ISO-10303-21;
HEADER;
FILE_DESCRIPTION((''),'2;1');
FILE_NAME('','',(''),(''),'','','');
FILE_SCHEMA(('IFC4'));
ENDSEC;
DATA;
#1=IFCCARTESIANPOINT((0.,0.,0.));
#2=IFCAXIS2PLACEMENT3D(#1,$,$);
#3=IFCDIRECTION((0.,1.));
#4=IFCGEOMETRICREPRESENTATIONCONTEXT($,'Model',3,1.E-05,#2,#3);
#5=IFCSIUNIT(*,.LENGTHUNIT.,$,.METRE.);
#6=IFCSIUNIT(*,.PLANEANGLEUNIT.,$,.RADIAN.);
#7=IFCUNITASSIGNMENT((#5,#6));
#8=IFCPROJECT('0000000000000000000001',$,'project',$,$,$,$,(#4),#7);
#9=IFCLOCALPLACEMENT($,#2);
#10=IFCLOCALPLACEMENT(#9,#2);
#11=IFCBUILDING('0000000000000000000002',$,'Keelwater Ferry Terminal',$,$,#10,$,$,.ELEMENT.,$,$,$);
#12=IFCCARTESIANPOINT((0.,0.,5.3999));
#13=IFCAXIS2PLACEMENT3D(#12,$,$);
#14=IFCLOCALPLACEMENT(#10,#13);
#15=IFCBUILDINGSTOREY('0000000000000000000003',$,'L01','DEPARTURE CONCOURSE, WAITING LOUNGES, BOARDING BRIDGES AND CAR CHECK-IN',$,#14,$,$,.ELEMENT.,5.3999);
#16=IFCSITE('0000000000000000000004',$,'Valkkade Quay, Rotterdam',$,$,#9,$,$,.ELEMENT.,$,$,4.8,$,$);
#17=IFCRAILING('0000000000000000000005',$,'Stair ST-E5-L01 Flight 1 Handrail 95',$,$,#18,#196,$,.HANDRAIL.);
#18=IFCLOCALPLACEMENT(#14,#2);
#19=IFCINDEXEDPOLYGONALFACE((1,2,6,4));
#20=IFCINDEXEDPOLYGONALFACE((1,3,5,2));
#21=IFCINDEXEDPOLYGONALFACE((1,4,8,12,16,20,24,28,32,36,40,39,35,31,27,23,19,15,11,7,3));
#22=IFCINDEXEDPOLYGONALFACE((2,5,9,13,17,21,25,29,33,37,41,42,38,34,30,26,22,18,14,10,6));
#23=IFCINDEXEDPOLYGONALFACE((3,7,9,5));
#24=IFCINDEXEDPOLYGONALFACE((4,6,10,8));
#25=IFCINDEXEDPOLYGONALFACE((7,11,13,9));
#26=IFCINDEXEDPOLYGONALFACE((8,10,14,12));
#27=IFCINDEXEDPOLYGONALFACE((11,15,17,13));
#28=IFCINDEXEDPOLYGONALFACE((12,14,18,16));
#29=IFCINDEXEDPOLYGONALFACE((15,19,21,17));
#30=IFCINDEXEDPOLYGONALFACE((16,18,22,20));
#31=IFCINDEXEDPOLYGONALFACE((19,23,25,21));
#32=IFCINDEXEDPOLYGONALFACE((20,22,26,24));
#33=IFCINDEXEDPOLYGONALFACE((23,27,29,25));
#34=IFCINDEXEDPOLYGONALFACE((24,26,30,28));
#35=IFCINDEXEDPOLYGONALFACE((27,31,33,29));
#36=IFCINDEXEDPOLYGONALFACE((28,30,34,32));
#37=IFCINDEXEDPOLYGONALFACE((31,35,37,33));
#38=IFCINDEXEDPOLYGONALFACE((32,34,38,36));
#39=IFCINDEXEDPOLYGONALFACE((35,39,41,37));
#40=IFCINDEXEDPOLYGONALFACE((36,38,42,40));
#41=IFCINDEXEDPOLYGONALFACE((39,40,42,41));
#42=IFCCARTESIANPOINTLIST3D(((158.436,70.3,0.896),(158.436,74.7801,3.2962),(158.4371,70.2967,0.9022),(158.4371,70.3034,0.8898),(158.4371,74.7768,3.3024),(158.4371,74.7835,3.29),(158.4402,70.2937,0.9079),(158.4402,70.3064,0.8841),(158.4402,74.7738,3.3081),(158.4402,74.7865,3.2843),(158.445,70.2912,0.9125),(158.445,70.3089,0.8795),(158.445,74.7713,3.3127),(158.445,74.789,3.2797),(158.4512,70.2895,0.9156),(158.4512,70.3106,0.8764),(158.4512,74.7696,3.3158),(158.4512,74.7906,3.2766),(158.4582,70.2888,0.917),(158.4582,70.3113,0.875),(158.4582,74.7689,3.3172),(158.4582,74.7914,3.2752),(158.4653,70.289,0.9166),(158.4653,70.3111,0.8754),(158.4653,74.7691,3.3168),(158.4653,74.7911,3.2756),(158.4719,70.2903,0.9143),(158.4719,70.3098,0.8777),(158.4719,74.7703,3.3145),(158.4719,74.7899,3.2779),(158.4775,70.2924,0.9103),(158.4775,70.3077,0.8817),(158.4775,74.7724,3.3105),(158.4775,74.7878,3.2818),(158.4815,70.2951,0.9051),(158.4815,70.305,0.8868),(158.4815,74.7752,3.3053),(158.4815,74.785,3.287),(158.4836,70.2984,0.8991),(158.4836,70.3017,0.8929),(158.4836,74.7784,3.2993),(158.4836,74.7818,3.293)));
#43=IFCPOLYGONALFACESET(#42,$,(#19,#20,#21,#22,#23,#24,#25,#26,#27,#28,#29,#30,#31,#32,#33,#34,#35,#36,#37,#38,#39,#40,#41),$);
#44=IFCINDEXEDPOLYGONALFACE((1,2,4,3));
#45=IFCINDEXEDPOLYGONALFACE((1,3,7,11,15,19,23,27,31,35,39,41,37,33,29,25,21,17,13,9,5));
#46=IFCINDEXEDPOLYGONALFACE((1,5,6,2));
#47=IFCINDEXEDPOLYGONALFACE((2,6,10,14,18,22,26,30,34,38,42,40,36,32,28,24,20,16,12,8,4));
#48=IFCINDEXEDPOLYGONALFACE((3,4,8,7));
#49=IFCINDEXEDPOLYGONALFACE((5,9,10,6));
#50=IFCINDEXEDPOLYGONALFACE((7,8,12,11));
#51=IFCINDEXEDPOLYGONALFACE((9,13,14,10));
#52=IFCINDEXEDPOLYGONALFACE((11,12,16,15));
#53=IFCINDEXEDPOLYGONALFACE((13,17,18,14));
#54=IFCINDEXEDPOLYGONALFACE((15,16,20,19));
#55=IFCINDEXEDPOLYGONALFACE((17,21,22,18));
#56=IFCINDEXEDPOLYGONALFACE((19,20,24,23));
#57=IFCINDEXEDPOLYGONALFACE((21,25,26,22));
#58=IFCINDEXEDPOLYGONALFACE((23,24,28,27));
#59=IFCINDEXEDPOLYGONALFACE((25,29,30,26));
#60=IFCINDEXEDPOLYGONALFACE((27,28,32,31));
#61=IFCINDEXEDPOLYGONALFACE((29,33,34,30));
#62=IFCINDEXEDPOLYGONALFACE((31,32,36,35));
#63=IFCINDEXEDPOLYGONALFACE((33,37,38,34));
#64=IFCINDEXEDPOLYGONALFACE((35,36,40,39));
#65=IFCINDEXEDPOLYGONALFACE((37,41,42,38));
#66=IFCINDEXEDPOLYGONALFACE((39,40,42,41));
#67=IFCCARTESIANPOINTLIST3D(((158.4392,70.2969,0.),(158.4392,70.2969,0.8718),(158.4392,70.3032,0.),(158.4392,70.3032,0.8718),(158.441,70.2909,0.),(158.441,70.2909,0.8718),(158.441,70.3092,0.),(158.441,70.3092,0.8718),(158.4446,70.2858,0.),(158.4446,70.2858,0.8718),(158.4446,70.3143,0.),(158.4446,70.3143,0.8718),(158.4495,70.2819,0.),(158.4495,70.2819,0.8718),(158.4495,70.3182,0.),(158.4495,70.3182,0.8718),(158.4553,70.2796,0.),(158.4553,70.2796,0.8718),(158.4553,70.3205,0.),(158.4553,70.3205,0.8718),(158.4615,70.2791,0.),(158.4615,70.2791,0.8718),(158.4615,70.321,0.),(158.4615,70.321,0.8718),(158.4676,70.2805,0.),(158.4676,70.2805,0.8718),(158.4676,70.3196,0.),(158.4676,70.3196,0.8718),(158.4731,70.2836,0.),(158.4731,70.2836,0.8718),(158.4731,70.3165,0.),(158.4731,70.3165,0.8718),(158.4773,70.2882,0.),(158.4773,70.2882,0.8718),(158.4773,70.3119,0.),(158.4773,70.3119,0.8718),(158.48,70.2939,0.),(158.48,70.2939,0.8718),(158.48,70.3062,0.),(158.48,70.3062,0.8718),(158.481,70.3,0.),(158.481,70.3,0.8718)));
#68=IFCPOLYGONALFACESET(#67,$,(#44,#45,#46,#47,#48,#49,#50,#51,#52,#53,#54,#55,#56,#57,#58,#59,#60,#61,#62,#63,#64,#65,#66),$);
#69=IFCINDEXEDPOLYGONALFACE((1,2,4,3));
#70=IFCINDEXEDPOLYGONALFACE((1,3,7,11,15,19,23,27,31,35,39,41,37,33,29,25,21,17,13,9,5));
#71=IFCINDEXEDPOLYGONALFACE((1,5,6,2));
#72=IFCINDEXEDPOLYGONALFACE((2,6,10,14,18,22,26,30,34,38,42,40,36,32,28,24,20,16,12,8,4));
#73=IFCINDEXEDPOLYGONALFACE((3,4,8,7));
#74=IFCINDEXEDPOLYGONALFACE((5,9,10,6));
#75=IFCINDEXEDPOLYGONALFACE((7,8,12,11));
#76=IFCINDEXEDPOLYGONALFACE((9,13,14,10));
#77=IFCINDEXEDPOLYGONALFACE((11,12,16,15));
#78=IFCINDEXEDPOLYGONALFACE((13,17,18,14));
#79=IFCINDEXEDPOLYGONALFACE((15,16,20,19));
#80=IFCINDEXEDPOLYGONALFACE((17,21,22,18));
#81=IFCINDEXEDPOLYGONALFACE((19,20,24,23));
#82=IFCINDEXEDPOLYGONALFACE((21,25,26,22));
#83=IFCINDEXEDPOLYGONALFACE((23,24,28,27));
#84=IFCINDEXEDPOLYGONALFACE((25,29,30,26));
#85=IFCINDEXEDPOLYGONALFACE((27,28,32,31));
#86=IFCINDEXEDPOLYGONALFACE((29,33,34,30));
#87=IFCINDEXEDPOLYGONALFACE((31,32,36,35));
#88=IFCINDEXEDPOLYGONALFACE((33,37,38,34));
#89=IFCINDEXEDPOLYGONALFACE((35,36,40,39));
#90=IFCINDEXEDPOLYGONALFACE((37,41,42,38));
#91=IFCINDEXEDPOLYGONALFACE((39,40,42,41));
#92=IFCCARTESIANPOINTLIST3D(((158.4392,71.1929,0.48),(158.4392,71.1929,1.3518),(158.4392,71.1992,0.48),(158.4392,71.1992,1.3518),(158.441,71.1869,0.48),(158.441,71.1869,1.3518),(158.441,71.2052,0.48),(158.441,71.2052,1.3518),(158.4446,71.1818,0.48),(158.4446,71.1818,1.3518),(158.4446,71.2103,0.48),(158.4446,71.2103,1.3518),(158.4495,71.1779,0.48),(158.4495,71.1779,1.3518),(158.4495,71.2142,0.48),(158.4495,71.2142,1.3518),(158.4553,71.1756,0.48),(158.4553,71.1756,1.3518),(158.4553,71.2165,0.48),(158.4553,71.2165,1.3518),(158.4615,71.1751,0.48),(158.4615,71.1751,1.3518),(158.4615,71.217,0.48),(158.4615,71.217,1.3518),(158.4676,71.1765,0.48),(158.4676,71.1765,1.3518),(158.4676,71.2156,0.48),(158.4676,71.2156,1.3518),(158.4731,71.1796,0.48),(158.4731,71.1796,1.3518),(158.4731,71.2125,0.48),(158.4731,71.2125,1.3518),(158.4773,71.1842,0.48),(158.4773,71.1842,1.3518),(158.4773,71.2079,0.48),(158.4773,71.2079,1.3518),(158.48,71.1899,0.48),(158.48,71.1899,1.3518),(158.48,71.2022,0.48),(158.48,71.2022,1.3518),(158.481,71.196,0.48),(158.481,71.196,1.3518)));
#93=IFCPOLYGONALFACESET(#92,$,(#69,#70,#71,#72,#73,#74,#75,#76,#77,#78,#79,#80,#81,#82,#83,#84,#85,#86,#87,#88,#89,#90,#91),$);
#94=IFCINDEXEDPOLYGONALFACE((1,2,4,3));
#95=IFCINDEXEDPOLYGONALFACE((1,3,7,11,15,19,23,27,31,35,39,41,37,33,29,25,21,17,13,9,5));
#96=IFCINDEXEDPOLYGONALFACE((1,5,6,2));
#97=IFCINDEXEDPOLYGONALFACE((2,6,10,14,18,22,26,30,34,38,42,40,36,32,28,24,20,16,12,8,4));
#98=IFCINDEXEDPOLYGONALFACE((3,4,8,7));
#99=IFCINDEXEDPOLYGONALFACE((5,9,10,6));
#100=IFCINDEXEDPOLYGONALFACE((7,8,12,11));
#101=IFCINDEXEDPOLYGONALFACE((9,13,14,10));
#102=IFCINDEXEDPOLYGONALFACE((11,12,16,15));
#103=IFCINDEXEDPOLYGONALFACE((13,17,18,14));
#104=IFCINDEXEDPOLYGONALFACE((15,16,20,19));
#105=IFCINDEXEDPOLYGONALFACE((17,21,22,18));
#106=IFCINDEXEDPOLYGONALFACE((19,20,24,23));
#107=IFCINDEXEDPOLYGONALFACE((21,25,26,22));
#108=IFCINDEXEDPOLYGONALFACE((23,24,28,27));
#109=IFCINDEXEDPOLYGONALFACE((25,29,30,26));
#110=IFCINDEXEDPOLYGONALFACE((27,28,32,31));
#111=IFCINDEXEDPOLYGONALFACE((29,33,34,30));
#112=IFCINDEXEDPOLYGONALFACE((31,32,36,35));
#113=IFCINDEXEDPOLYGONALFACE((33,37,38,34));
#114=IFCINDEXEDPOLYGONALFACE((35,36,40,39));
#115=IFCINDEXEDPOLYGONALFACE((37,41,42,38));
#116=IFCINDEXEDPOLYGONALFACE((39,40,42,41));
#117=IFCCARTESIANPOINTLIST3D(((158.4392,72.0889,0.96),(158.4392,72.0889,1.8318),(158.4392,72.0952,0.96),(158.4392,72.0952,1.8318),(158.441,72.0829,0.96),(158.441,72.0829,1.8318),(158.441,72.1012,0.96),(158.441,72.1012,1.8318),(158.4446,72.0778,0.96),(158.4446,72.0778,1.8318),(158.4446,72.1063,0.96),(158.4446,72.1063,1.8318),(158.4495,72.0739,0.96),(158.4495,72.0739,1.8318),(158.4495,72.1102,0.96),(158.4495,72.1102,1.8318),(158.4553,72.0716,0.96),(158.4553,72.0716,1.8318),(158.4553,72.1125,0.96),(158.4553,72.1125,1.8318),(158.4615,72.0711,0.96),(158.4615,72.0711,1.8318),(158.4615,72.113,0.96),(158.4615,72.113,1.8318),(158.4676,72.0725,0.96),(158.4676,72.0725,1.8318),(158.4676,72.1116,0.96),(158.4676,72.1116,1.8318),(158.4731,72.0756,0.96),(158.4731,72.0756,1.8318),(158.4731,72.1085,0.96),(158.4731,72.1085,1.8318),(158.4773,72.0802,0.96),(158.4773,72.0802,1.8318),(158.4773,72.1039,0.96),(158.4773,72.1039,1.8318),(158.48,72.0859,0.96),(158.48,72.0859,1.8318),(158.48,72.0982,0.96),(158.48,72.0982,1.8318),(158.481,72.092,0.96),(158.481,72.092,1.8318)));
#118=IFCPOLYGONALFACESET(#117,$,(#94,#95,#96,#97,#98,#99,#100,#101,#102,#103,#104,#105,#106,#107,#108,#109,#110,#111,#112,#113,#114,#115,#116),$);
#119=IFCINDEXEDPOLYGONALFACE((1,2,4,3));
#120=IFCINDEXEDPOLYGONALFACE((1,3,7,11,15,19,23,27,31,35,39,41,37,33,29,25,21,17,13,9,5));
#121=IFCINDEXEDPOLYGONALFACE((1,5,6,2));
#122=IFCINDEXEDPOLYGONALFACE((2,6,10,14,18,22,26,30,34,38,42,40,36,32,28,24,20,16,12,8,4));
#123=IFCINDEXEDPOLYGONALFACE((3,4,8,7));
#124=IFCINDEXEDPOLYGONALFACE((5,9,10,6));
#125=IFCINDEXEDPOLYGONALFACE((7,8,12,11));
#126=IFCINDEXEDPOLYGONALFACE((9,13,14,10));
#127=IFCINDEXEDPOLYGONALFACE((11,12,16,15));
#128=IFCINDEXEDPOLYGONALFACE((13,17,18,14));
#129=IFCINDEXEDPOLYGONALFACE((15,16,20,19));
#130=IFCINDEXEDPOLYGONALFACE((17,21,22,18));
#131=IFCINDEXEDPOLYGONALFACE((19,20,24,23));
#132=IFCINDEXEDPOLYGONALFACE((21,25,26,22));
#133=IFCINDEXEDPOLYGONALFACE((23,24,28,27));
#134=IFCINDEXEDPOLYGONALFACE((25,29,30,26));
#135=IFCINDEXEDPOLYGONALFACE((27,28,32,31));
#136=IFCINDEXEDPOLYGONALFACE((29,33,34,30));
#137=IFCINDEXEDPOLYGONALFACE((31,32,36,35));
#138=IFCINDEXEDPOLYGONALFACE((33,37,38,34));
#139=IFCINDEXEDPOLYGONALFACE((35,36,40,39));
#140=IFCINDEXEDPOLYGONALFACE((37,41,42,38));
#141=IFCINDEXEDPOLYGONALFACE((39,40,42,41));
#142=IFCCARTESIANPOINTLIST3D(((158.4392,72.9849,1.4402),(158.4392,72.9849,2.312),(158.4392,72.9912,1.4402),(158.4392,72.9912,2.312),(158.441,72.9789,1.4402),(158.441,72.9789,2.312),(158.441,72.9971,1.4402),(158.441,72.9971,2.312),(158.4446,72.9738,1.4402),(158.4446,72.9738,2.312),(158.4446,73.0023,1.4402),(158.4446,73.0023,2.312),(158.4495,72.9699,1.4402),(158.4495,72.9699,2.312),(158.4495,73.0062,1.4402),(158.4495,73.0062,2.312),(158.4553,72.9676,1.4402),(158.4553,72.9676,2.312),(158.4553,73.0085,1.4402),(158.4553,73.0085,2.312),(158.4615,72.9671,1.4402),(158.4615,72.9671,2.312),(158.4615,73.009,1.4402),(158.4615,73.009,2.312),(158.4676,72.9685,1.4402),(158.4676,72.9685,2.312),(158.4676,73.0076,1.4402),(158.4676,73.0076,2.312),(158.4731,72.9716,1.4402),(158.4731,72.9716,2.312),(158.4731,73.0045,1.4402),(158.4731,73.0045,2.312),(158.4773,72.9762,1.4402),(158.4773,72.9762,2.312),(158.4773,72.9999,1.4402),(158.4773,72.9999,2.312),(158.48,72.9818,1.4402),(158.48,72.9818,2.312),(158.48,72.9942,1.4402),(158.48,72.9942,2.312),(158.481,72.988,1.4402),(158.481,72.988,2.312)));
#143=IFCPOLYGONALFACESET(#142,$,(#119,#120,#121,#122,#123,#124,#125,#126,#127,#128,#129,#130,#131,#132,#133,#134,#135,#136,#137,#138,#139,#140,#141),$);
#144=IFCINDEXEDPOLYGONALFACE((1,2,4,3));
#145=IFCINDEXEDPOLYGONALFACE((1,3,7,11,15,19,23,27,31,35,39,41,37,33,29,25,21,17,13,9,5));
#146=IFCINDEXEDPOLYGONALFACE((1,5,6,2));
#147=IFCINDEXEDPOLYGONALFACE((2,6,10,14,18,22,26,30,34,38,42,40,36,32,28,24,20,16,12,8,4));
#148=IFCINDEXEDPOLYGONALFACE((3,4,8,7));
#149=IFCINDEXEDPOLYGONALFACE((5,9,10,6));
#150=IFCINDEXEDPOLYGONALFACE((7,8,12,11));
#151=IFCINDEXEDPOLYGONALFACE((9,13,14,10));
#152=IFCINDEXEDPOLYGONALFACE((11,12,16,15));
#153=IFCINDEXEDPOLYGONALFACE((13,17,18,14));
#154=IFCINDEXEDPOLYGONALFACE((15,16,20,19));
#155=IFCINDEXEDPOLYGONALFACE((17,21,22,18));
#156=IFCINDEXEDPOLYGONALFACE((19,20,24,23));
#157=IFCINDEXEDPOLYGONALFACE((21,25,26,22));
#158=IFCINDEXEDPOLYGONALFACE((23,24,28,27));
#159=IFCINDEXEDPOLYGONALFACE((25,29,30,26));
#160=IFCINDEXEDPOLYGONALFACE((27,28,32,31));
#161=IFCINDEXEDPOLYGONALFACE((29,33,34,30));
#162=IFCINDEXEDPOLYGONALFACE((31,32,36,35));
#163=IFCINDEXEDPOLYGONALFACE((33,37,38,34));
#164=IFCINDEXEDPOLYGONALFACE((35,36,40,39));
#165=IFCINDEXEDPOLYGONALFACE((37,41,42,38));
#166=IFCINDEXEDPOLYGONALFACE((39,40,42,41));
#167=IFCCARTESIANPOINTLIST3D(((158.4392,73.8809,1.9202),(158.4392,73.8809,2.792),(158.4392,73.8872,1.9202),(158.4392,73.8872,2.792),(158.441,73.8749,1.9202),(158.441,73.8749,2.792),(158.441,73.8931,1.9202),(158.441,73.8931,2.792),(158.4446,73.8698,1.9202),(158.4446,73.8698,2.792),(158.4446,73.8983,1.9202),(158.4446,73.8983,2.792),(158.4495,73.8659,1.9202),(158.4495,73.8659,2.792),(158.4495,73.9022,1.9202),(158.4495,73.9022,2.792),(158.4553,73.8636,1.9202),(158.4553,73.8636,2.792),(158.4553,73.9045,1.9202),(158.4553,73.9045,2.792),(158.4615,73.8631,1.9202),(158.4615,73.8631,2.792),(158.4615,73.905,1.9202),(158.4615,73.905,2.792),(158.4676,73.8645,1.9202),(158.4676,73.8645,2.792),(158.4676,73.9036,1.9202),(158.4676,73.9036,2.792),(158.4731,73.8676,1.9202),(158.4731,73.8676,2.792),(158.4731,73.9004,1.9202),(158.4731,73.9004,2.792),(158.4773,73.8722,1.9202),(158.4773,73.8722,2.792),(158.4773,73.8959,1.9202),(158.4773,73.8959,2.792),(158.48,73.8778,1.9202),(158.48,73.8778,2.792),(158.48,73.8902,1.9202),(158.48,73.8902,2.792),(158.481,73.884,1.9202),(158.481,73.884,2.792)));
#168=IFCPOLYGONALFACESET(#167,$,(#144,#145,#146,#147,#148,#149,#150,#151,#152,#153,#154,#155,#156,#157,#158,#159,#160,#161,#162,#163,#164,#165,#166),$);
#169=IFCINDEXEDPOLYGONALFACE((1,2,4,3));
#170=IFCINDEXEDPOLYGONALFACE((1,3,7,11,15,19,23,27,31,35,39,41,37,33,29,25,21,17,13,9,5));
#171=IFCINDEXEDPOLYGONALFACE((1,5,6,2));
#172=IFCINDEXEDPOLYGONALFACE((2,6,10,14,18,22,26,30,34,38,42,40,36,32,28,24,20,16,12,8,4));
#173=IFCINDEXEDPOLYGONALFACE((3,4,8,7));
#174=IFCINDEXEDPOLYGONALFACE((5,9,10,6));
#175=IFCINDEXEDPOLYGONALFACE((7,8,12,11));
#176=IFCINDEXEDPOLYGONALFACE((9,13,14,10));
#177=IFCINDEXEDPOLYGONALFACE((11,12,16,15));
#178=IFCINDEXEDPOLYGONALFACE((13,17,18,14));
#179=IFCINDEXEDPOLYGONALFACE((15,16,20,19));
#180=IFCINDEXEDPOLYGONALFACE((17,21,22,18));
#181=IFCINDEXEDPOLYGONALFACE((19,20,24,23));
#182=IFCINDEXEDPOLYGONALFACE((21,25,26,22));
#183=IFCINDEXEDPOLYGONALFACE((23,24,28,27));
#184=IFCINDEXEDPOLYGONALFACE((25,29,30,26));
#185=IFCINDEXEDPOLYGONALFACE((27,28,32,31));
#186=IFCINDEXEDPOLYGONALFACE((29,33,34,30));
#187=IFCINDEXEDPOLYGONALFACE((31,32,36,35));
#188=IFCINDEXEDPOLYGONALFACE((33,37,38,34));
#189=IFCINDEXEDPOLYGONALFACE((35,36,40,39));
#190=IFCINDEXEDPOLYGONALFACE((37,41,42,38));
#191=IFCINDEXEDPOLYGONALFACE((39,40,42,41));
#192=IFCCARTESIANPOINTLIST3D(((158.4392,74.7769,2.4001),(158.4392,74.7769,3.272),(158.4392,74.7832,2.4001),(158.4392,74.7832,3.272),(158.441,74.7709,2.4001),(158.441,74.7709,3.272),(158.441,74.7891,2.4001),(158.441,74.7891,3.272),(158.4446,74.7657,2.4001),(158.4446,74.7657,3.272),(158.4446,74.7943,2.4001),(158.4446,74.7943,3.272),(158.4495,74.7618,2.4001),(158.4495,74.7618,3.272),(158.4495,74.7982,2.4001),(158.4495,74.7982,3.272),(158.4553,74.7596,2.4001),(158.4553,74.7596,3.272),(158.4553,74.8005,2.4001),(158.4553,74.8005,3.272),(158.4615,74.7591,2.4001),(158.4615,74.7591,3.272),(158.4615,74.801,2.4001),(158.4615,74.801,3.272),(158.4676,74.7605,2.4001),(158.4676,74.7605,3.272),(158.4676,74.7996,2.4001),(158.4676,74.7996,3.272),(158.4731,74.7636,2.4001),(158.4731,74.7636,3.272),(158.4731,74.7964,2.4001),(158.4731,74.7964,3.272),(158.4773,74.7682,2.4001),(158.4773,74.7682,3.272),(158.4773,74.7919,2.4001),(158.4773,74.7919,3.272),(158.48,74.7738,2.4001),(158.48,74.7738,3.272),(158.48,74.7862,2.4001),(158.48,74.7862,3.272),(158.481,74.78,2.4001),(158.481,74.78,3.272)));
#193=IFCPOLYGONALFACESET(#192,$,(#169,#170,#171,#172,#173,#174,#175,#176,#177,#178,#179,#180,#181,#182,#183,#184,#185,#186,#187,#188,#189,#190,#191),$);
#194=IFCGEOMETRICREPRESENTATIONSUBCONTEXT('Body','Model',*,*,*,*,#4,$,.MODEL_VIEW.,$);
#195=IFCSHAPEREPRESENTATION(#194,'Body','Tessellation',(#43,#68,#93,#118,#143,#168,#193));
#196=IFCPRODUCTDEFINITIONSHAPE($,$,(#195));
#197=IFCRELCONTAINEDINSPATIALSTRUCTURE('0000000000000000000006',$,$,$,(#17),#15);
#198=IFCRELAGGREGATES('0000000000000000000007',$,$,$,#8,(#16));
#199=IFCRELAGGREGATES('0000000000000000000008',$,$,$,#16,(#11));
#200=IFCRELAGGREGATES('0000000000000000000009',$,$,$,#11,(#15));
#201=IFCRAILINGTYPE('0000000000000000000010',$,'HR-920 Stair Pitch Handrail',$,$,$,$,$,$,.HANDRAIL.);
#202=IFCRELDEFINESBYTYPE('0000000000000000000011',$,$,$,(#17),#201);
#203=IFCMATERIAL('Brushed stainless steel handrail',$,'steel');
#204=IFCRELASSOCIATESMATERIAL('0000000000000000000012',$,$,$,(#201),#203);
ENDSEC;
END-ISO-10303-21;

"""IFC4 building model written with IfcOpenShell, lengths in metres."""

from ifc_helpers import new_model, si_unit, direction, frame, origin, origin_2d, place, context, subcontext, project, spatial, circle, extrude, material, type_object, element, save


model = new_model("IFC4")

# Units and contexts
model_context = context("Model", 3, precision=1e-05, world=origin(), true_north=direction((0.0, 1.0)))
body_context = subcontext(model_context, "Body", "Model", "MODEL_VIEW")
ifc_project = project(units=[si_unit("LENGTHUNIT", "METRE"), si_unit("PLANEANGLEUNIT", "RADIAN")], contexts=[model_context])

# Site, building, storey
site_placement = place(None, origin())
site = spatial("IfcSite", under=ifc_project, at=site_placement, Name="Valkkade Quay, Rotterdam", CompositionType="ELEMENT", RefElevation=4.8)
building_placement = place(site_placement, origin())
building = spatial("IfcBuilding", under=site, at=building_placement, Name="Keelwater Ferry Terminal", CompositionType="ELEMENT")
storey_placement = place(building_placement, frame((0.0, 0.0, 5.3999)))
storey = spatial("IfcBuildingStorey", under=building, at=storey_placement, Name="L01", Description="DEPARTURE CONCOURSE, WAITING LOUNGES, BOARDING BRIDGES AND CAR CHECK-IN", CompositionType="ELEMENT", Elevation=5.3999)

# Railing
ifc_material_1 = material(Name="Brushed stainless steel handrail", Category="steel")
railing_type_1 = type_object("IfcRailingType", Name="HR-920 Stair Pitch Handrail", PredefinedType="HANDRAIL", material=ifc_material_1)
railing_1_placement = place(storey_placement, frame((158.46, 70.3, 0.0)))
element("IfcRailing", 1, at=railing_1_placement, inside=storey, type_object=railing_type_1, Name="Stair ST-E5-L01 Flight 1 Handrail 95", PredefinedType="HANDRAIL", context=body_context, shape_type="SweptSolid", body=[
    extrude(circle(Radius=0.0239, at=origin_2d()), frame((0.0, 0.0, 0.896), z_axis=(0.0, 0.881467, 0.472245), x_axis=(-1.0, 0.0, 0.0)), (0.0, 0.0, 1.0), 5.0825),
    extrude(circle(Radius=0.021, at=origin_2d()), origin(), (0.0, 0.0, 1.0), 0.8718),
    extrude(circle(Radius=0.021, at=origin_2d()), frame((0.0, 0.896, 0.48)), (0.0, 0.0, 1.0), 0.8718),
    extrude(circle(Radius=0.021, at=origin_2d()), frame((0.0, 1.792, 0.96)), (0.0, 0.0, 1.0), 0.8718),
    extrude(circle(Radius=0.021, at=origin_2d()), frame((0.0, 2.688, 1.4402)), (0.0, 0.0, 1.0), 0.8718),
    extrude(circle(Radius=0.021, at=origin_2d()), frame((0.0, 3.584, 1.9202)), (0.0, 0.0, 1.0), 0.8718),
    extrude(circle(Radius=0.021, at=origin_2d()), frame((0.0, 4.48, 2.4001)), (0.0, 0.0, 1.0), 0.8718),
])

save(model, "model.ifc")
